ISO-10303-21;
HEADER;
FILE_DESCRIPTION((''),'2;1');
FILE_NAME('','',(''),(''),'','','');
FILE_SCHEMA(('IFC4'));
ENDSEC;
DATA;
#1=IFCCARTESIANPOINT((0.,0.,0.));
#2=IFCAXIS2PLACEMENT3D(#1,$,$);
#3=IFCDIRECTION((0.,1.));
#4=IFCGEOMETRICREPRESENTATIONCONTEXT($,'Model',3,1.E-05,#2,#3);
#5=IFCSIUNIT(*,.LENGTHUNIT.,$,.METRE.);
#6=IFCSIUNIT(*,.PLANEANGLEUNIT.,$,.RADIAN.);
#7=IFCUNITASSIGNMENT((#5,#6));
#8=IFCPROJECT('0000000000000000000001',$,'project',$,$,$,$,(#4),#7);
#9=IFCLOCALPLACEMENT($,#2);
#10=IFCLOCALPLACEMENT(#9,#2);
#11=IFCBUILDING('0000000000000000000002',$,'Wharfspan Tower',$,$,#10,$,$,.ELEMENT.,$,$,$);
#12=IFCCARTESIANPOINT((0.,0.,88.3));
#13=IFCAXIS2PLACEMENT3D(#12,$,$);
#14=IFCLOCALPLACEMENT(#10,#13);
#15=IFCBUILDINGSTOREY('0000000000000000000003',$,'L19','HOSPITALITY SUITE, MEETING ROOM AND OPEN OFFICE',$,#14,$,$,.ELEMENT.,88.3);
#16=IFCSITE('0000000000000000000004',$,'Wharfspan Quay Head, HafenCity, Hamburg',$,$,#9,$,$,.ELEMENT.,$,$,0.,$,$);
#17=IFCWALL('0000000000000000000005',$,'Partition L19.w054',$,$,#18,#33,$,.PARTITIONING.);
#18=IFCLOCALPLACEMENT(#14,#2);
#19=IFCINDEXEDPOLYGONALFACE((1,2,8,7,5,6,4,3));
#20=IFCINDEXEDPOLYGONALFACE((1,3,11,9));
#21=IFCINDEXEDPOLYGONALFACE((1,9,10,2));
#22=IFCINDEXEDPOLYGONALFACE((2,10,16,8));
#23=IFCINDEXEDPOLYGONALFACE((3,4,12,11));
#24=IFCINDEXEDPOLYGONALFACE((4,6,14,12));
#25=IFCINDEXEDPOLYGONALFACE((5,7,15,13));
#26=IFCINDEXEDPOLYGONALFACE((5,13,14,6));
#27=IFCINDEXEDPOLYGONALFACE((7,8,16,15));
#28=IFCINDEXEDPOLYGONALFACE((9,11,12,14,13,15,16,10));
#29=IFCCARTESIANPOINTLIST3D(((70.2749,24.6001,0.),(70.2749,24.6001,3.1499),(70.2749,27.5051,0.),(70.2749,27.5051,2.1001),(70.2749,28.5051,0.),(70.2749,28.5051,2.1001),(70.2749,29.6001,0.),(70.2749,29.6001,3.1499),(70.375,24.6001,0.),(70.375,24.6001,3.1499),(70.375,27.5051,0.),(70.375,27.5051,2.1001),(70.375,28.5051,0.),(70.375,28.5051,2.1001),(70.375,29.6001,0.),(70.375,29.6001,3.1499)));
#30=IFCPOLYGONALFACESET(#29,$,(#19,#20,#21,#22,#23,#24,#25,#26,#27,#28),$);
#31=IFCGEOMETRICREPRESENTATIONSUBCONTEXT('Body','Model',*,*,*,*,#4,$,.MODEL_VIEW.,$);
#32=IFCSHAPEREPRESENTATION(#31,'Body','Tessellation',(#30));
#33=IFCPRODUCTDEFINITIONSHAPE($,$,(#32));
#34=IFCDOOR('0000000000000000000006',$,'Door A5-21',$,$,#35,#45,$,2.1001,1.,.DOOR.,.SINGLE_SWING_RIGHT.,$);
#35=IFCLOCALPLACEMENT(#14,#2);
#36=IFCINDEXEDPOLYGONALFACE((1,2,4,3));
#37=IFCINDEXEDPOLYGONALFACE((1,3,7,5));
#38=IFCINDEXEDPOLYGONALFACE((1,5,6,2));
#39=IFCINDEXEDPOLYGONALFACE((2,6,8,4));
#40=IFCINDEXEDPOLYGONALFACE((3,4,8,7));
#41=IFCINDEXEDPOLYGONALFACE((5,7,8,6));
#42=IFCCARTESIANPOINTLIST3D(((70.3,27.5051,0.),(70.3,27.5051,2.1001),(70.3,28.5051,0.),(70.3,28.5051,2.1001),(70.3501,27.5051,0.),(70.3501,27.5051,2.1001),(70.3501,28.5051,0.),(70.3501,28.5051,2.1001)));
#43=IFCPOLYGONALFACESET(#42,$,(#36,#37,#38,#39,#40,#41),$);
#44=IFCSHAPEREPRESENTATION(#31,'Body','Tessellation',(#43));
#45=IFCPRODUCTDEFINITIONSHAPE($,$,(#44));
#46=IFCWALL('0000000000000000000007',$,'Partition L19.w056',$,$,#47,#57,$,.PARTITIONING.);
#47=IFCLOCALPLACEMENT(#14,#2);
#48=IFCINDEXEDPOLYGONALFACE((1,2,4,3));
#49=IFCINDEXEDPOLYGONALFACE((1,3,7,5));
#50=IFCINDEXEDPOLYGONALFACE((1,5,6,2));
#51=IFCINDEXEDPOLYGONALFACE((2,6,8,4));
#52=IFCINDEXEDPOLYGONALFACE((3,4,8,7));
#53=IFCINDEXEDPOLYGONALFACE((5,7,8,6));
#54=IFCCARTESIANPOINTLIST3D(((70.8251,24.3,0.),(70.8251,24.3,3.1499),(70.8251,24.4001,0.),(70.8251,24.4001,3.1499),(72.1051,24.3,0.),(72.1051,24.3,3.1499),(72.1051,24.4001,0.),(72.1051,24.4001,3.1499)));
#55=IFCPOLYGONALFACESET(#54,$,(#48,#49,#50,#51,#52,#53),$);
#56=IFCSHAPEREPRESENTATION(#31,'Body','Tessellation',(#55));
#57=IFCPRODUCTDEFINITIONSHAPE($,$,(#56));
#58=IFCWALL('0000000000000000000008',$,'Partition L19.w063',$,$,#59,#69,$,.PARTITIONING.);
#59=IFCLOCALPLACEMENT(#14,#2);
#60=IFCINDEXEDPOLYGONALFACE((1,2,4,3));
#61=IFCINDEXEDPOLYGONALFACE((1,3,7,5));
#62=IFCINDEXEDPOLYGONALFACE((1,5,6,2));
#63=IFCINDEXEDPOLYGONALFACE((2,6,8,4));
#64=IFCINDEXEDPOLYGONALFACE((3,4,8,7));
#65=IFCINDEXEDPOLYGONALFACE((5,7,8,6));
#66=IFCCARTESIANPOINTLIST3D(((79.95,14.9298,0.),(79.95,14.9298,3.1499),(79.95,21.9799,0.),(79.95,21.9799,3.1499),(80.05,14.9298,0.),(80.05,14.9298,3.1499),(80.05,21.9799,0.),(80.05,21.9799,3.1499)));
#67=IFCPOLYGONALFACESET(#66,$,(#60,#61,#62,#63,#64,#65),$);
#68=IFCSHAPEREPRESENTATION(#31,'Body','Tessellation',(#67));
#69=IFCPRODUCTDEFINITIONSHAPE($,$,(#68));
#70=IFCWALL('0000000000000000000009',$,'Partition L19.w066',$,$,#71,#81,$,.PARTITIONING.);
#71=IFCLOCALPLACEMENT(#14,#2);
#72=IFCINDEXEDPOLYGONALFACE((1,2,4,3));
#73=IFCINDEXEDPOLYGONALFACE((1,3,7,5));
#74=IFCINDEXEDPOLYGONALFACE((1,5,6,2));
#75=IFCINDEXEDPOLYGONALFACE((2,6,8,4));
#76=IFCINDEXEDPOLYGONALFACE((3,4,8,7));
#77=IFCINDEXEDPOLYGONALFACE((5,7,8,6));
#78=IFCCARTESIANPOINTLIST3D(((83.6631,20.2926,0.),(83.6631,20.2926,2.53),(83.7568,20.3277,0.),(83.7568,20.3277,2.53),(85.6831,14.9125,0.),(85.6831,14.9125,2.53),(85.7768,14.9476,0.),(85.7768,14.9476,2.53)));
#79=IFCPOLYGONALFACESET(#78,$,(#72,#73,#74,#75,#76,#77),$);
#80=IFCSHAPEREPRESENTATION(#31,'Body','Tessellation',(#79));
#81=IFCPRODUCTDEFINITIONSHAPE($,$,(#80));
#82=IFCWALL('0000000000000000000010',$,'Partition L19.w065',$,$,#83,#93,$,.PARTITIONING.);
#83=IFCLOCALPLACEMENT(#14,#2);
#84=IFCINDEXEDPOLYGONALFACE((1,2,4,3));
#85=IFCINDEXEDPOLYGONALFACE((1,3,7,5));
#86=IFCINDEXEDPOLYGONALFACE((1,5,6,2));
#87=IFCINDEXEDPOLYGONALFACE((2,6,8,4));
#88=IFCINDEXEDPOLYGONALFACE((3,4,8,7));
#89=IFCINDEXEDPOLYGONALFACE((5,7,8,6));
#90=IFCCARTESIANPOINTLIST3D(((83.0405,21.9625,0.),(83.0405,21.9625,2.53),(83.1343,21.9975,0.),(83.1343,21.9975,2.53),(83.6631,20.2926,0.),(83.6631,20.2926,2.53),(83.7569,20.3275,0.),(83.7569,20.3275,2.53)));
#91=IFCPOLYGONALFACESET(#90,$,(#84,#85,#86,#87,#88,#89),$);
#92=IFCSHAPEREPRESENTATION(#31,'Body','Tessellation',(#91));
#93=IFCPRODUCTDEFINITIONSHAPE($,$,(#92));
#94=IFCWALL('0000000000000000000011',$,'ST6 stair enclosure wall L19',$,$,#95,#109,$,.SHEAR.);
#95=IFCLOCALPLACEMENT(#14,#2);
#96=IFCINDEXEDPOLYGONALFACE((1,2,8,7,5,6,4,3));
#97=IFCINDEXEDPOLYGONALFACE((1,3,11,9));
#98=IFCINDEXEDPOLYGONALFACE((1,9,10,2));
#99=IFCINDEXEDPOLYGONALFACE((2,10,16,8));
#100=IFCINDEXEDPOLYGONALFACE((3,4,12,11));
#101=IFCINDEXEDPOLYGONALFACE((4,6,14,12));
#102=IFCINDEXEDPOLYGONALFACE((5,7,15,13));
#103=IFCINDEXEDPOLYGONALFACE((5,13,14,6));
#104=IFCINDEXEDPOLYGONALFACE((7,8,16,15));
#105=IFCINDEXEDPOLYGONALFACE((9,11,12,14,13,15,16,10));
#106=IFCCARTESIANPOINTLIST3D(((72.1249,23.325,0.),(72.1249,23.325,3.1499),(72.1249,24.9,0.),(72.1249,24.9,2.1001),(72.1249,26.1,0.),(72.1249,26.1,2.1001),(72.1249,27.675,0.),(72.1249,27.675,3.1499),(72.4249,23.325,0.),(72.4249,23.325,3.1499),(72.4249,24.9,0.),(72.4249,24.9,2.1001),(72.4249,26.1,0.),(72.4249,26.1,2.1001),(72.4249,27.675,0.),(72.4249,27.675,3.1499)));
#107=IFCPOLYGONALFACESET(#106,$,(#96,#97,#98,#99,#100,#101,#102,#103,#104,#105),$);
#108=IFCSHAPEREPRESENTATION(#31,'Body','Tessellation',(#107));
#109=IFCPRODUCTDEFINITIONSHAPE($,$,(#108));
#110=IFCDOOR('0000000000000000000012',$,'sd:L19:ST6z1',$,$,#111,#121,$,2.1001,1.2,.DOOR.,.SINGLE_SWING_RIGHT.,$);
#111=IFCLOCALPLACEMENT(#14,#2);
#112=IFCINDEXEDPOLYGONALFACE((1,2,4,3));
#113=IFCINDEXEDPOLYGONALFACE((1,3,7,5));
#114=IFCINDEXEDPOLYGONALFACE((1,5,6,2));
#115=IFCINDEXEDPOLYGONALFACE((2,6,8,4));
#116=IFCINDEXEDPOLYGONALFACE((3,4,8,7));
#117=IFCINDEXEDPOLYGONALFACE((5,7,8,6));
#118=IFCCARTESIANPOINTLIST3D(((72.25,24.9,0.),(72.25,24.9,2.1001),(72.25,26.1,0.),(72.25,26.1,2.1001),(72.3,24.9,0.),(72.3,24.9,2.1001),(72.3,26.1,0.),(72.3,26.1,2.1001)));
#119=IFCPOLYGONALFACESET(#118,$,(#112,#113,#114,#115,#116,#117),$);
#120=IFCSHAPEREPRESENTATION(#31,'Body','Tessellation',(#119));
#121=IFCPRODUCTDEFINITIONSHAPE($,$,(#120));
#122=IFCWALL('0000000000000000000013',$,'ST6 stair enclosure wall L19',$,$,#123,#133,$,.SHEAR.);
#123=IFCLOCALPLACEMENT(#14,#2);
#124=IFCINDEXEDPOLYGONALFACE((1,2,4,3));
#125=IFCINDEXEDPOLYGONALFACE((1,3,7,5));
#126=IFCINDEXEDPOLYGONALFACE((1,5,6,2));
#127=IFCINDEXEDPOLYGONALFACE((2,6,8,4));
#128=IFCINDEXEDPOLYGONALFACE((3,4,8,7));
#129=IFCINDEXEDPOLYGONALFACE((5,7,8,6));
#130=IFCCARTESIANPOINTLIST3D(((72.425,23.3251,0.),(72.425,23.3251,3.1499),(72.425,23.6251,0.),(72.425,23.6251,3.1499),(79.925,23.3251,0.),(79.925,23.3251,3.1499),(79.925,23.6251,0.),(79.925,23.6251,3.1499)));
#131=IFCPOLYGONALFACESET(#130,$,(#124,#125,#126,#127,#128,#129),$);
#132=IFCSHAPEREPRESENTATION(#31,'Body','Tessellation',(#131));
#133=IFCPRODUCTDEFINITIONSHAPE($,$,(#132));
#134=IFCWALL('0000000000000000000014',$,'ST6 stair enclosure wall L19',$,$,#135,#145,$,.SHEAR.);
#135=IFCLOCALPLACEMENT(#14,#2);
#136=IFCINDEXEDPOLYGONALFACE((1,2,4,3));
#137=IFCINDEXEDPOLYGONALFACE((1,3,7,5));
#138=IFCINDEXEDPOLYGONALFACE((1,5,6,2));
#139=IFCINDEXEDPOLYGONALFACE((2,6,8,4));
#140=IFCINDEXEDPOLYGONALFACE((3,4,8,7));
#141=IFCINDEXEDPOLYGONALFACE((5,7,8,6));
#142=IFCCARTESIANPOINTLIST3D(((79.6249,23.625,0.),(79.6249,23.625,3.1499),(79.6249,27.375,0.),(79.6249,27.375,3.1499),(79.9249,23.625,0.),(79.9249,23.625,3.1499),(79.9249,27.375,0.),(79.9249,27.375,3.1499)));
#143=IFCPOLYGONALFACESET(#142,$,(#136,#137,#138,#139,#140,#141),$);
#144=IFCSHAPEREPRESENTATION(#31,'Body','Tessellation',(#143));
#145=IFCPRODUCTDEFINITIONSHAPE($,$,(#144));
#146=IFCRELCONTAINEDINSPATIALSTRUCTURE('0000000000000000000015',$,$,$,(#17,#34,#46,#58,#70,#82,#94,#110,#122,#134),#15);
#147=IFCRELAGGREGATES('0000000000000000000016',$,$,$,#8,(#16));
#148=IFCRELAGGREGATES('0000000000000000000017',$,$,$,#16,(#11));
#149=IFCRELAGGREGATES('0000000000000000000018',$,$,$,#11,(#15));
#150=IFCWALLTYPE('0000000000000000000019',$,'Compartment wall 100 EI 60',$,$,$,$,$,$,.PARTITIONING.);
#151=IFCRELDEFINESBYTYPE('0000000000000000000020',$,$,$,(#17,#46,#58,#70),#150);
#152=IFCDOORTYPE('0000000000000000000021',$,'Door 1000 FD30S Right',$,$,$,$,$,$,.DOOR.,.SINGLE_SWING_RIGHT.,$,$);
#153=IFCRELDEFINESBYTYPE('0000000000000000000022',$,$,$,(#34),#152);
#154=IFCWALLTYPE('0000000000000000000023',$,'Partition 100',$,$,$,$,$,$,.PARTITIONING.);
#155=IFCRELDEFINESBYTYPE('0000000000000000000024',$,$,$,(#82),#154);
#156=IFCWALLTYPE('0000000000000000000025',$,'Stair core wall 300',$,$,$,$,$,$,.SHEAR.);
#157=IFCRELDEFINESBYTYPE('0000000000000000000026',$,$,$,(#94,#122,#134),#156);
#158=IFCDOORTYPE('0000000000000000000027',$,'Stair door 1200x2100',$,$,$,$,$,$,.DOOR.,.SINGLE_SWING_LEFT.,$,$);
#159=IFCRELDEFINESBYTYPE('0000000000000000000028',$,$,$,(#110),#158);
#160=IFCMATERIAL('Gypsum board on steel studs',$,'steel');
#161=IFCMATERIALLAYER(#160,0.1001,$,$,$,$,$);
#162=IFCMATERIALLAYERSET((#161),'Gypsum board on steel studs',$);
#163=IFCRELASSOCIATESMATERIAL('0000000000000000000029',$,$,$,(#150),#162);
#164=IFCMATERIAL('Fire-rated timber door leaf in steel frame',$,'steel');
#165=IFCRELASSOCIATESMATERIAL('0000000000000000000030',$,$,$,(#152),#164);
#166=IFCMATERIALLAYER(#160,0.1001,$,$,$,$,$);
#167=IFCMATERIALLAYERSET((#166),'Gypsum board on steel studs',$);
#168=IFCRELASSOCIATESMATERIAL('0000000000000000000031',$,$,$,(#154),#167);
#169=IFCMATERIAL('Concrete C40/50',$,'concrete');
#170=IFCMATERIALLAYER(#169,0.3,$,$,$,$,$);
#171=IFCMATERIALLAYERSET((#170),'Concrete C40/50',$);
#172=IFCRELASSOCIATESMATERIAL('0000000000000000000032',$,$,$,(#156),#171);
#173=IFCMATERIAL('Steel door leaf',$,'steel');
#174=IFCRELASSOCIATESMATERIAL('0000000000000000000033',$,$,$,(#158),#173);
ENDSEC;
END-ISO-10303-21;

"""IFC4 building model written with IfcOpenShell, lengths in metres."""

from ifc_helpers import new_model, si_unit, direction, frame, frame_2d, origin, place, context, subcontext, project, spatial, rectangle, extrude, material, layer, layer_set, type_object, element, fill, save


model = new_model("IFC4")

# Units and contexts
model_context = context("Model", 3, precision=1e-05, world=origin(), true_north=direction((0.0, 1.0)))
body_context = subcontext(model_context, "Body", "Model", "MODEL_VIEW")
ifc_project = project(units=[si_unit("LENGTHUNIT", "METRE"), si_unit("PLANEANGLEUNIT", "RADIAN")], contexts=[model_context])

# Site, building, storey
site_placement = place(None, origin())
site = spatial("IfcSite", under=ifc_project, at=site_placement, Name="Wharfspan Quay Head, HafenCity, Hamburg", CompositionType="ELEMENT", RefElevation=0.0)
building_placement = place(site_placement, origin())
building = spatial("IfcBuilding", under=site, at=building_placement, Name="Wharfspan Tower", CompositionType="ELEMENT")
storey_placement = place(building_placement, frame((0.0, 0.0, 88.3)))
storey = spatial("IfcBuildingStorey", under=building, at=storey_placement, Name="L19", Description="HOSPITALITY SUITE, MEETING ROOM AND OPEN OFFICE", CompositionType="ELEMENT", Elevation=88.3)

# Wall, opening, door
ifc_material_1 = material(Name="Gypsum board on steel studs", Category="steel")
ifc_layer_1 = layer(ifc_material_1, 0.1001)
ifc_layer_set_1 = layer_set([ifc_layer_1], Name="Gypsum board on steel studs")
wall_type_1 = type_object("IfcWallType", Name="Compartment wall 100 EI 60", PredefinedType="PARTITIONING", material=ifc_layer_set_1)
wall_1_placement = place(storey_placement, frame((70.325, 24.6001, 0.0), z_axis=(0.0, 0.0, 1.0), x_axis=(0.0, 1.0, 0.0)))
wall_1 = element("IfcWall", 1, at=wall_1_placement, inside=storey, type_object=wall_type_1, Name="Partition L19.w054", PredefinedType="PARTITIONING", context=body_context, shape_type="SweptSolid", body=[
    extrude(rectangle(XDim=5.0, YDim=0.1001, at=frame_2d((2.5, 0.0))), origin(), (0.0, 0.0, 1.0), 3.1499),
])
opening_1_placement = place(wall_1_placement, frame((2.905, 0.0, 0.0)))
opening_1 = element("IfcOpeningElement", 2, at=opening_1_placement, cuts=wall_1, PredefinedType="OPENING", context=body_context, shape_type="SweptSolid", body=[
    extrude(rectangle(XDim=1.0, YDim=2.1001, at=frame_2d((0.5, 1.05))), frame((0.0, 0.0601, 0.0), z_axis=(0.0, -1.0, 0.0), x_axis=(1.0, 0.0, 0.0)), (0.0, 0.0, 1.0), 0.1201),
])
ifc_material_2 = material(Name="Fire-rated timber door leaf in steel frame", Category="steel")
door_type_1 = type_object("IfcDoorType", Name="Door 1000 FD30S Right", OperationType="SINGLE_SWING_RIGHT", PredefinedType="DOOR", material=ifc_material_2)
door_1_placement = place(opening_1_placement, origin())
door_1 = element("IfcDoor", 3, at=door_1_placement, inside=storey, type_object=door_type_1, Name="Door A5-21", OperationType="SINGLE_SWING_RIGHT", OverallHeight=2.1001, OverallWidth=1.0, PredefinedType="DOOR", context=body_context, shape_type="SweptSolid", body=[
    extrude(rectangle(XDim=1.0, YDim=2.1001, at=frame_2d((0.5, 1.05))), frame((0.0, 0.0249, 0.0), z_axis=(0.0, -1.0, 0.0), x_axis=(1.0, 0.0, 0.0)), (0.0, 0.0, 1.0), 0.05),
])
fill(opening_1, door_1)

# Walls
wall_2_placement = place(storey_placement, frame((70.825, 24.3501, 0.0), z_axis=(0.0, 0.0, 1.0), x_axis=(1.0, 0.0, 0.0)))
element("IfcWall", 4, at=wall_2_placement, inside=storey, type_object=wall_type_1, Name="Partition L19.w056", PredefinedType="PARTITIONING", context=body_context, shape_type="SweptSolid", body=[
    extrude(rectangle(XDim=1.28, YDim=0.1001, at=frame_2d((0.6401, 0.0))), origin(), (0.0, 0.0, 1.0), 3.1499),
])
wall_3_placement = place(storey_placement, frame((80.0, 14.9299, 0.0), z_axis=(0.0, 0.0, 1.0), x_axis=(0.0, 1.0, 0.0)))
element("IfcWall", 5, at=wall_3_placement, inside=storey, type_object=wall_type_1, Name="Partition L19.w063", PredefinedType="PARTITIONING", context=body_context, shape_type="SweptSolid", body=[
    extrude(rectangle(XDim=7.05, YDim=0.1001, at=frame_2d((3.5249, 0.0))), origin(), (0.0, 0.0, 1.0), 3.1499),
])
wall_4_placement = place(storey_placement, frame((85.73, 14.9299, 0.0), z_axis=(0.0, 0.0, 1.0), x_axis=(-0.351501, 0.936189, 0.0)))
element("IfcWall", 6, at=wall_4_placement, inside=storey, type_object=wall_type_1, Name="Partition L19.w066", PredefinedType="PARTITIONING", context=body_context, shape_type="SweptSolid", body=[
    extrude(rectangle(XDim=5.7468, YDim=0.1001, at=frame_2d((2.8735, 0.0))), origin(), (0.0, 0.0, 1.0), 2.53),
])
ifc_layer_2 = layer(ifc_material_1, 0.1001)
ifc_layer_set_2 = layer_set([ifc_layer_2], Name="Gypsum board on steel studs")
wall_type_2 = type_object("IfcWallType", Name="Partition 100", PredefinedType="PARTITIONING", material=ifc_layer_set_2)
wall_5_placement = place(storey_placement, frame((83.71, 20.3101, 0.0), z_axis=(0.0, 0.0, 1.0), x_axis=(-0.349322, 0.937005, 0.0)))
element("IfcWall", 7, at=wall_5_placement, inside=storey, type_object=wall_type_2, Name="Partition L19.w065", PredefinedType="PARTITIONING", context=body_context, shape_type="SweptSolid", body=[
    extrude(rectangle(XDim=1.7822, YDim=0.1001, at=frame_2d((0.8911, 0.0))), origin(), (0.0, 0.0, 1.0), 2.53),
])

# Wall, opening, door
ifc_material_3 = material(Name="Concrete C40/50", Category="concrete")
ifc_layer_3 = layer(ifc_material_3, 0.3)
ifc_layer_set_3 = layer_set([ifc_layer_3], Name="Concrete C40/50")
wall_type_3 = type_object("IfcWallType", Name="Stair core wall 300", PredefinedType="SHEAR", material=ifc_layer_set_3)
wall_6_placement = place(storey_placement, frame((72.2749, 23.325, 0.0), z_axis=(0.0, 0.0, 1.0), x_axis=(0.0, 1.0, 0.0)))
wall_6 = element("IfcWall", 8, at=wall_6_placement, inside=storey, type_object=wall_type_3, Name="ST6 stair enclosure wall L19", PredefinedType="SHEAR", context=body_context, shape_type="SweptSolid", body=[
    extrude(rectangle(XDim=4.3501, YDim=0.3, at=frame_2d((2.175, 0.0))), origin(), (0.0, 0.0, 1.0), 3.1499),
])
opening_2_placement = place(wall_6_placement, frame((1.575, 0.0, 0.0)))
opening_2 = element("IfcOpeningElement", 9, at=opening_2_placement, cuts=wall_6, PredefinedType="OPENING", context=body_context, shape_type="SweptSolid", body=[
    extrude(rectangle(XDim=1.2, YDim=2.1001, at=frame_2d((0.6001, 1.05))), frame((0.0, 0.1599, 0.0), z_axis=(0.0, -1.0, 0.0), x_axis=(1.0, 0.0, 0.0)), (0.0, 0.0, 1.0), 0.3201),
])
ifc_material_4 = material(Name="Steel door leaf", Category="steel")
door_type_2 = type_object("IfcDoorType", Name="Stair door 1200x2100", OperationType="SINGLE_SWING_LEFT", PredefinedType="DOOR", material=ifc_material_4)
door_2_placement = place(opening_2_placement, origin())
door_2 = element("IfcDoor", 10, at=door_2_placement, inside=storey, type_object=door_type_2, Name="sd:L19:ST6z1", OperationType="SINGLE_SWING_RIGHT", OverallHeight=2.1001, OverallWidth=1.2, PredefinedType="DOOR", context=body_context, shape_type="SweptSolid", body=[
    extrude(rectangle(XDim=1.2, YDim=2.1001, at=frame_2d((0.6001, 1.05))), frame((0.0, 0.0249, 0.0), z_axis=(0.0, -1.0, 0.0), x_axis=(1.0, 0.0, 0.0)), (0.0, 0.0, 1.0), 0.05),
])
fill(opening_2, door_2)

# Walls
wall_7_placement = place(storey_placement, frame((72.425, 23.4751, 0.0), z_axis=(0.0, 0.0, 1.0), x_axis=(1.0, 0.0, 0.0)))
element("IfcWall", 11, at=wall_7_placement, inside=storey, type_object=wall_type_3, Name="ST6 stair enclosure wall L19", PredefinedType="SHEAR", context=body_context, shape_type="SweptSolid", body=[
    extrude(rectangle(XDim=7.5, YDim=0.3, at=frame_2d((3.75, 0.0))), origin(), (0.0, 0.0, 1.0), 3.1499),
])
wall_8_placement = place(storey_placement, frame((79.7749, 23.625, 0.0), z_axis=(0.0, 0.0, 1.0), x_axis=(0.0, 1.0, 0.0)))
element("IfcWall", 12, at=wall_8_placement, inside=storey, type_object=wall_type_3, Name="ST6 stair enclosure wall L19", PredefinedType="SHEAR", context=body_context, shape_type="SweptSolid", body=[
    extrude(rectangle(XDim=3.75, YDim=0.3, at=frame_2d((1.875, 0.0))), origin(), (0.0, 0.0, 1.0), 3.1499),
])

save(model, "model.ifc")
